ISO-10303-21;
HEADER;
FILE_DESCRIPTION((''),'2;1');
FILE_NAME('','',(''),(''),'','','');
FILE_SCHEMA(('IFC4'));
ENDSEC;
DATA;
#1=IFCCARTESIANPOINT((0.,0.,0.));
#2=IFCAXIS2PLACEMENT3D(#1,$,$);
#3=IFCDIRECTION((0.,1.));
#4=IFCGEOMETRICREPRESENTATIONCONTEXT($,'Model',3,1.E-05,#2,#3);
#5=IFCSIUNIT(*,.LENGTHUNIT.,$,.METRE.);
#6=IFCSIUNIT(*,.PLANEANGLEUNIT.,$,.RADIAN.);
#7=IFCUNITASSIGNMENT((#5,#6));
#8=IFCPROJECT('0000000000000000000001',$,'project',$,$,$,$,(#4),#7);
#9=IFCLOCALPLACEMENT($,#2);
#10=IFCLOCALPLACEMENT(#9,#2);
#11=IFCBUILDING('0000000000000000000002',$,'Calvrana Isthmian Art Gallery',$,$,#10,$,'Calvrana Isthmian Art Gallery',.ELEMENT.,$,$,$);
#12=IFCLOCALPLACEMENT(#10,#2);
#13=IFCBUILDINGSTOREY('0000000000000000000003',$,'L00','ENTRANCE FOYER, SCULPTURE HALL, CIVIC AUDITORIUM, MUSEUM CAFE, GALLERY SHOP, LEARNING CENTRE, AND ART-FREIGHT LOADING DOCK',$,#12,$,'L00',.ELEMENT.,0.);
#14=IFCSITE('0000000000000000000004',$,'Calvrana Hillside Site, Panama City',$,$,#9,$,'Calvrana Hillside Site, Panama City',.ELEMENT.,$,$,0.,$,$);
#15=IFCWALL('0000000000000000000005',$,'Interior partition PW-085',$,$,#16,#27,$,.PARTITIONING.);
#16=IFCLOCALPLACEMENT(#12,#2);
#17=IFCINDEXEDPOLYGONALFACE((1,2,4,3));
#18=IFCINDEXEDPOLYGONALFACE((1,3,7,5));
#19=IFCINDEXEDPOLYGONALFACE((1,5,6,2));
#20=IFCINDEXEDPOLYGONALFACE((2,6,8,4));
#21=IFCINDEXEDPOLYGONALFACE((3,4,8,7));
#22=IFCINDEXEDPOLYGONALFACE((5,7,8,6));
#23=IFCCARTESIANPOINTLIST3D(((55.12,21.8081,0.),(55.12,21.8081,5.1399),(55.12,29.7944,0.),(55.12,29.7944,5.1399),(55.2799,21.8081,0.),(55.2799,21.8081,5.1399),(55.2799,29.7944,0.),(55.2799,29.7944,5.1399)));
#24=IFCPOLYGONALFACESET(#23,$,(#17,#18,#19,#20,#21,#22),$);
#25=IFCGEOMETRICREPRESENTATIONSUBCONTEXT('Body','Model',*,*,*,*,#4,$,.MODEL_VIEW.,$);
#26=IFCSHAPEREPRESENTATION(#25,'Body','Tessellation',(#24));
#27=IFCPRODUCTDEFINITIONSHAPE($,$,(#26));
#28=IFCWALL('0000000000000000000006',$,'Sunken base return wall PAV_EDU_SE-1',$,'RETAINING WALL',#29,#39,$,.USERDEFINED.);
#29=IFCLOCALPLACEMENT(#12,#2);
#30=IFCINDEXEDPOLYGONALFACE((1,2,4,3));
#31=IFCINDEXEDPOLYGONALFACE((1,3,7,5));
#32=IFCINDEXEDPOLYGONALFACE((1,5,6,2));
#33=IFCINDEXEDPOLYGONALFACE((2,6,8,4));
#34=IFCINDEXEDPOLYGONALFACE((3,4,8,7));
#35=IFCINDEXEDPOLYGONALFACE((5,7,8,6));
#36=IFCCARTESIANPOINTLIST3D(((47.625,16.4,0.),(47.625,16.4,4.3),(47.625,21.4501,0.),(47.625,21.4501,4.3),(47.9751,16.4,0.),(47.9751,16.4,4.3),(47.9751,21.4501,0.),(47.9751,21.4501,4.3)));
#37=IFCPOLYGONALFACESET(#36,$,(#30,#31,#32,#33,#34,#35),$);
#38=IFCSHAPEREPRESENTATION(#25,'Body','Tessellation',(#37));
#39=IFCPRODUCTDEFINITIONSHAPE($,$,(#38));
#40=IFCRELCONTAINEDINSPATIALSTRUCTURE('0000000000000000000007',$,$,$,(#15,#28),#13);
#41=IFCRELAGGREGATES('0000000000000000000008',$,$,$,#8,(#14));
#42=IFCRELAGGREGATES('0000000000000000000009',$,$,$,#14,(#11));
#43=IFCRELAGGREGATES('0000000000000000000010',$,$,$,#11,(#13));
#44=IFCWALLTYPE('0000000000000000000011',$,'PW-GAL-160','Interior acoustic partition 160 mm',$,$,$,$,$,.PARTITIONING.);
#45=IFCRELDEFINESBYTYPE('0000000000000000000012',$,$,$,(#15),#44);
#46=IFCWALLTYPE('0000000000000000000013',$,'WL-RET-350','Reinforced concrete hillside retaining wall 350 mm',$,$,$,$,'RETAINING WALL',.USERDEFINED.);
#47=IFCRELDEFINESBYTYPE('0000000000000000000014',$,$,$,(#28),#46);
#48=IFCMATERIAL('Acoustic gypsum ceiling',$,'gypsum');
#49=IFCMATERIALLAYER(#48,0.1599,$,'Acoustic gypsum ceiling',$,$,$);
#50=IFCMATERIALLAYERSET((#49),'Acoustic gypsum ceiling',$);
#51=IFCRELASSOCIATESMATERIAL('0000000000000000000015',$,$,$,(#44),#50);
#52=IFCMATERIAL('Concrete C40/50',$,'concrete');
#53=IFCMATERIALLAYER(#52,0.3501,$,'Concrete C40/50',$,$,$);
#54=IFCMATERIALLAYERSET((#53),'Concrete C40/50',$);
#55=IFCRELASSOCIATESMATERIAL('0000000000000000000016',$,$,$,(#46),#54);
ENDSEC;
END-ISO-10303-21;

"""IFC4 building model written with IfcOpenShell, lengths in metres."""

from ifc_helpers import new_model, si_unit, direction, frame, frame_2d, origin, place, context, subcontext, project, spatial, rectangle, extrude, material, layer, layer_set, type_object, element, save


model = new_model("IFC4")

# Units and contexts
model_context = context("Model", 3, precision=1e-05, world=origin(), true_north=direction((0.0, 1.0)))
body_context = subcontext(model_context, "Body", "Model", "MODEL_VIEW")
ifc_project = project(units=[si_unit("LENGTHUNIT", "METRE"), si_unit("PLANEANGLEUNIT", "RADIAN")], contexts=[model_context])

# Site, building, storey
site_placement = place(None, origin())
site = spatial("IfcSite", under=ifc_project, at=site_placement, Name="Calvrana Hillside Site, Panama City", LongName="Calvrana Hillside Site, Panama City", CompositionType="ELEMENT", RefElevation=0.0)
building_placement = place(site_placement, origin())
building = spatial("IfcBuilding", under=site, at=building_placement, Name="Calvrana Isthmian Art Gallery", LongName="Calvrana Isthmian Art Gallery", CompositionType="ELEMENT")
storey_placement = place(building_placement, origin())
storey = spatial("IfcBuildingStorey", under=building, at=storey_placement, Name="L00", Description="ENTRANCE FOYER, SCULPTURE HALL, CIVIC AUDITORIUM, MUSEUM CAFE, GALLERY SHOP, LEARNING CENTRE, AND ART-FREIGHT LOADING DOCK", LongName="L00", CompositionType="ELEMENT", Elevation=0.0)

# Walls
ifc_material_1 = material(Name="Acoustic gypsum ceiling", Category="gypsum")
ifc_layer_1 = layer(ifc_material_1, 0.1599, Name="Acoustic gypsum ceiling")
ifc_layer_set_1 = layer_set([ifc_layer_1], Name="Acoustic gypsum ceiling")
wall_type_1 = type_object("IfcWallType", Name="PW-GAL-160", Description="Interior acoustic partition 160 mm", PredefinedType="PARTITIONING", material=ifc_layer_set_1)
wall_1_placement = place(storey_placement, frame((55.2, 21.8081, 0.0), z_axis=(0.0, 0.0, 1.0), x_axis=(0.0, 1.0, 0.0)))
element("IfcWall", 1, at=wall_1_placement, inside=storey, type_object=wall_type_1, Name="Interior partition PW-085", PredefinedType="PARTITIONING", context=body_context, shape_type="SweptSolid", body=[
    extrude(rectangle(XDim=7.9863, YDim=0.1599, at=frame_2d((3.9932, 0.0))), origin(), (0.0, 0.0, 1.0), 5.1399),
])
ifc_material_2 = material(Name="Concrete C40/50", Category="concrete")
ifc_layer_2 = layer(ifc_material_2, 0.3501, Name="Concrete C40/50")
ifc_layer_set_2 = layer_set([ifc_layer_2], Name="Concrete C40/50")
wall_type_2 = type_object("IfcWallType", Name="WL-RET-350", Description="Reinforced concrete hillside retaining wall 350 mm", ElementType="RETAINING WALL", PredefinedType="USERDEFINED", material=ifc_layer_set_2)
wall_2_placement = place(storey_placement, frame((47.8, 21.45, 0.0), z_axis=(0.0, 0.0, 1.0), x_axis=(0.0, -1.0, 0.0)))
element("IfcWall", 2, at=wall_2_placement, inside=storey, type_object=wall_type_2, Name="Sunken base return wall PAV_EDU_SE-1", ObjectType="RETAINING WALL", PredefinedType="USERDEFINED", context=body_context, shape_type="SweptSolid", body=[
    extrude(rectangle(XDim=5.05, YDim=0.3501, at=frame_2d((2.5249, 0.0))), origin(), (0.0, 0.0, 1.0), 4.3),
])

save(model, "model.ifc")
